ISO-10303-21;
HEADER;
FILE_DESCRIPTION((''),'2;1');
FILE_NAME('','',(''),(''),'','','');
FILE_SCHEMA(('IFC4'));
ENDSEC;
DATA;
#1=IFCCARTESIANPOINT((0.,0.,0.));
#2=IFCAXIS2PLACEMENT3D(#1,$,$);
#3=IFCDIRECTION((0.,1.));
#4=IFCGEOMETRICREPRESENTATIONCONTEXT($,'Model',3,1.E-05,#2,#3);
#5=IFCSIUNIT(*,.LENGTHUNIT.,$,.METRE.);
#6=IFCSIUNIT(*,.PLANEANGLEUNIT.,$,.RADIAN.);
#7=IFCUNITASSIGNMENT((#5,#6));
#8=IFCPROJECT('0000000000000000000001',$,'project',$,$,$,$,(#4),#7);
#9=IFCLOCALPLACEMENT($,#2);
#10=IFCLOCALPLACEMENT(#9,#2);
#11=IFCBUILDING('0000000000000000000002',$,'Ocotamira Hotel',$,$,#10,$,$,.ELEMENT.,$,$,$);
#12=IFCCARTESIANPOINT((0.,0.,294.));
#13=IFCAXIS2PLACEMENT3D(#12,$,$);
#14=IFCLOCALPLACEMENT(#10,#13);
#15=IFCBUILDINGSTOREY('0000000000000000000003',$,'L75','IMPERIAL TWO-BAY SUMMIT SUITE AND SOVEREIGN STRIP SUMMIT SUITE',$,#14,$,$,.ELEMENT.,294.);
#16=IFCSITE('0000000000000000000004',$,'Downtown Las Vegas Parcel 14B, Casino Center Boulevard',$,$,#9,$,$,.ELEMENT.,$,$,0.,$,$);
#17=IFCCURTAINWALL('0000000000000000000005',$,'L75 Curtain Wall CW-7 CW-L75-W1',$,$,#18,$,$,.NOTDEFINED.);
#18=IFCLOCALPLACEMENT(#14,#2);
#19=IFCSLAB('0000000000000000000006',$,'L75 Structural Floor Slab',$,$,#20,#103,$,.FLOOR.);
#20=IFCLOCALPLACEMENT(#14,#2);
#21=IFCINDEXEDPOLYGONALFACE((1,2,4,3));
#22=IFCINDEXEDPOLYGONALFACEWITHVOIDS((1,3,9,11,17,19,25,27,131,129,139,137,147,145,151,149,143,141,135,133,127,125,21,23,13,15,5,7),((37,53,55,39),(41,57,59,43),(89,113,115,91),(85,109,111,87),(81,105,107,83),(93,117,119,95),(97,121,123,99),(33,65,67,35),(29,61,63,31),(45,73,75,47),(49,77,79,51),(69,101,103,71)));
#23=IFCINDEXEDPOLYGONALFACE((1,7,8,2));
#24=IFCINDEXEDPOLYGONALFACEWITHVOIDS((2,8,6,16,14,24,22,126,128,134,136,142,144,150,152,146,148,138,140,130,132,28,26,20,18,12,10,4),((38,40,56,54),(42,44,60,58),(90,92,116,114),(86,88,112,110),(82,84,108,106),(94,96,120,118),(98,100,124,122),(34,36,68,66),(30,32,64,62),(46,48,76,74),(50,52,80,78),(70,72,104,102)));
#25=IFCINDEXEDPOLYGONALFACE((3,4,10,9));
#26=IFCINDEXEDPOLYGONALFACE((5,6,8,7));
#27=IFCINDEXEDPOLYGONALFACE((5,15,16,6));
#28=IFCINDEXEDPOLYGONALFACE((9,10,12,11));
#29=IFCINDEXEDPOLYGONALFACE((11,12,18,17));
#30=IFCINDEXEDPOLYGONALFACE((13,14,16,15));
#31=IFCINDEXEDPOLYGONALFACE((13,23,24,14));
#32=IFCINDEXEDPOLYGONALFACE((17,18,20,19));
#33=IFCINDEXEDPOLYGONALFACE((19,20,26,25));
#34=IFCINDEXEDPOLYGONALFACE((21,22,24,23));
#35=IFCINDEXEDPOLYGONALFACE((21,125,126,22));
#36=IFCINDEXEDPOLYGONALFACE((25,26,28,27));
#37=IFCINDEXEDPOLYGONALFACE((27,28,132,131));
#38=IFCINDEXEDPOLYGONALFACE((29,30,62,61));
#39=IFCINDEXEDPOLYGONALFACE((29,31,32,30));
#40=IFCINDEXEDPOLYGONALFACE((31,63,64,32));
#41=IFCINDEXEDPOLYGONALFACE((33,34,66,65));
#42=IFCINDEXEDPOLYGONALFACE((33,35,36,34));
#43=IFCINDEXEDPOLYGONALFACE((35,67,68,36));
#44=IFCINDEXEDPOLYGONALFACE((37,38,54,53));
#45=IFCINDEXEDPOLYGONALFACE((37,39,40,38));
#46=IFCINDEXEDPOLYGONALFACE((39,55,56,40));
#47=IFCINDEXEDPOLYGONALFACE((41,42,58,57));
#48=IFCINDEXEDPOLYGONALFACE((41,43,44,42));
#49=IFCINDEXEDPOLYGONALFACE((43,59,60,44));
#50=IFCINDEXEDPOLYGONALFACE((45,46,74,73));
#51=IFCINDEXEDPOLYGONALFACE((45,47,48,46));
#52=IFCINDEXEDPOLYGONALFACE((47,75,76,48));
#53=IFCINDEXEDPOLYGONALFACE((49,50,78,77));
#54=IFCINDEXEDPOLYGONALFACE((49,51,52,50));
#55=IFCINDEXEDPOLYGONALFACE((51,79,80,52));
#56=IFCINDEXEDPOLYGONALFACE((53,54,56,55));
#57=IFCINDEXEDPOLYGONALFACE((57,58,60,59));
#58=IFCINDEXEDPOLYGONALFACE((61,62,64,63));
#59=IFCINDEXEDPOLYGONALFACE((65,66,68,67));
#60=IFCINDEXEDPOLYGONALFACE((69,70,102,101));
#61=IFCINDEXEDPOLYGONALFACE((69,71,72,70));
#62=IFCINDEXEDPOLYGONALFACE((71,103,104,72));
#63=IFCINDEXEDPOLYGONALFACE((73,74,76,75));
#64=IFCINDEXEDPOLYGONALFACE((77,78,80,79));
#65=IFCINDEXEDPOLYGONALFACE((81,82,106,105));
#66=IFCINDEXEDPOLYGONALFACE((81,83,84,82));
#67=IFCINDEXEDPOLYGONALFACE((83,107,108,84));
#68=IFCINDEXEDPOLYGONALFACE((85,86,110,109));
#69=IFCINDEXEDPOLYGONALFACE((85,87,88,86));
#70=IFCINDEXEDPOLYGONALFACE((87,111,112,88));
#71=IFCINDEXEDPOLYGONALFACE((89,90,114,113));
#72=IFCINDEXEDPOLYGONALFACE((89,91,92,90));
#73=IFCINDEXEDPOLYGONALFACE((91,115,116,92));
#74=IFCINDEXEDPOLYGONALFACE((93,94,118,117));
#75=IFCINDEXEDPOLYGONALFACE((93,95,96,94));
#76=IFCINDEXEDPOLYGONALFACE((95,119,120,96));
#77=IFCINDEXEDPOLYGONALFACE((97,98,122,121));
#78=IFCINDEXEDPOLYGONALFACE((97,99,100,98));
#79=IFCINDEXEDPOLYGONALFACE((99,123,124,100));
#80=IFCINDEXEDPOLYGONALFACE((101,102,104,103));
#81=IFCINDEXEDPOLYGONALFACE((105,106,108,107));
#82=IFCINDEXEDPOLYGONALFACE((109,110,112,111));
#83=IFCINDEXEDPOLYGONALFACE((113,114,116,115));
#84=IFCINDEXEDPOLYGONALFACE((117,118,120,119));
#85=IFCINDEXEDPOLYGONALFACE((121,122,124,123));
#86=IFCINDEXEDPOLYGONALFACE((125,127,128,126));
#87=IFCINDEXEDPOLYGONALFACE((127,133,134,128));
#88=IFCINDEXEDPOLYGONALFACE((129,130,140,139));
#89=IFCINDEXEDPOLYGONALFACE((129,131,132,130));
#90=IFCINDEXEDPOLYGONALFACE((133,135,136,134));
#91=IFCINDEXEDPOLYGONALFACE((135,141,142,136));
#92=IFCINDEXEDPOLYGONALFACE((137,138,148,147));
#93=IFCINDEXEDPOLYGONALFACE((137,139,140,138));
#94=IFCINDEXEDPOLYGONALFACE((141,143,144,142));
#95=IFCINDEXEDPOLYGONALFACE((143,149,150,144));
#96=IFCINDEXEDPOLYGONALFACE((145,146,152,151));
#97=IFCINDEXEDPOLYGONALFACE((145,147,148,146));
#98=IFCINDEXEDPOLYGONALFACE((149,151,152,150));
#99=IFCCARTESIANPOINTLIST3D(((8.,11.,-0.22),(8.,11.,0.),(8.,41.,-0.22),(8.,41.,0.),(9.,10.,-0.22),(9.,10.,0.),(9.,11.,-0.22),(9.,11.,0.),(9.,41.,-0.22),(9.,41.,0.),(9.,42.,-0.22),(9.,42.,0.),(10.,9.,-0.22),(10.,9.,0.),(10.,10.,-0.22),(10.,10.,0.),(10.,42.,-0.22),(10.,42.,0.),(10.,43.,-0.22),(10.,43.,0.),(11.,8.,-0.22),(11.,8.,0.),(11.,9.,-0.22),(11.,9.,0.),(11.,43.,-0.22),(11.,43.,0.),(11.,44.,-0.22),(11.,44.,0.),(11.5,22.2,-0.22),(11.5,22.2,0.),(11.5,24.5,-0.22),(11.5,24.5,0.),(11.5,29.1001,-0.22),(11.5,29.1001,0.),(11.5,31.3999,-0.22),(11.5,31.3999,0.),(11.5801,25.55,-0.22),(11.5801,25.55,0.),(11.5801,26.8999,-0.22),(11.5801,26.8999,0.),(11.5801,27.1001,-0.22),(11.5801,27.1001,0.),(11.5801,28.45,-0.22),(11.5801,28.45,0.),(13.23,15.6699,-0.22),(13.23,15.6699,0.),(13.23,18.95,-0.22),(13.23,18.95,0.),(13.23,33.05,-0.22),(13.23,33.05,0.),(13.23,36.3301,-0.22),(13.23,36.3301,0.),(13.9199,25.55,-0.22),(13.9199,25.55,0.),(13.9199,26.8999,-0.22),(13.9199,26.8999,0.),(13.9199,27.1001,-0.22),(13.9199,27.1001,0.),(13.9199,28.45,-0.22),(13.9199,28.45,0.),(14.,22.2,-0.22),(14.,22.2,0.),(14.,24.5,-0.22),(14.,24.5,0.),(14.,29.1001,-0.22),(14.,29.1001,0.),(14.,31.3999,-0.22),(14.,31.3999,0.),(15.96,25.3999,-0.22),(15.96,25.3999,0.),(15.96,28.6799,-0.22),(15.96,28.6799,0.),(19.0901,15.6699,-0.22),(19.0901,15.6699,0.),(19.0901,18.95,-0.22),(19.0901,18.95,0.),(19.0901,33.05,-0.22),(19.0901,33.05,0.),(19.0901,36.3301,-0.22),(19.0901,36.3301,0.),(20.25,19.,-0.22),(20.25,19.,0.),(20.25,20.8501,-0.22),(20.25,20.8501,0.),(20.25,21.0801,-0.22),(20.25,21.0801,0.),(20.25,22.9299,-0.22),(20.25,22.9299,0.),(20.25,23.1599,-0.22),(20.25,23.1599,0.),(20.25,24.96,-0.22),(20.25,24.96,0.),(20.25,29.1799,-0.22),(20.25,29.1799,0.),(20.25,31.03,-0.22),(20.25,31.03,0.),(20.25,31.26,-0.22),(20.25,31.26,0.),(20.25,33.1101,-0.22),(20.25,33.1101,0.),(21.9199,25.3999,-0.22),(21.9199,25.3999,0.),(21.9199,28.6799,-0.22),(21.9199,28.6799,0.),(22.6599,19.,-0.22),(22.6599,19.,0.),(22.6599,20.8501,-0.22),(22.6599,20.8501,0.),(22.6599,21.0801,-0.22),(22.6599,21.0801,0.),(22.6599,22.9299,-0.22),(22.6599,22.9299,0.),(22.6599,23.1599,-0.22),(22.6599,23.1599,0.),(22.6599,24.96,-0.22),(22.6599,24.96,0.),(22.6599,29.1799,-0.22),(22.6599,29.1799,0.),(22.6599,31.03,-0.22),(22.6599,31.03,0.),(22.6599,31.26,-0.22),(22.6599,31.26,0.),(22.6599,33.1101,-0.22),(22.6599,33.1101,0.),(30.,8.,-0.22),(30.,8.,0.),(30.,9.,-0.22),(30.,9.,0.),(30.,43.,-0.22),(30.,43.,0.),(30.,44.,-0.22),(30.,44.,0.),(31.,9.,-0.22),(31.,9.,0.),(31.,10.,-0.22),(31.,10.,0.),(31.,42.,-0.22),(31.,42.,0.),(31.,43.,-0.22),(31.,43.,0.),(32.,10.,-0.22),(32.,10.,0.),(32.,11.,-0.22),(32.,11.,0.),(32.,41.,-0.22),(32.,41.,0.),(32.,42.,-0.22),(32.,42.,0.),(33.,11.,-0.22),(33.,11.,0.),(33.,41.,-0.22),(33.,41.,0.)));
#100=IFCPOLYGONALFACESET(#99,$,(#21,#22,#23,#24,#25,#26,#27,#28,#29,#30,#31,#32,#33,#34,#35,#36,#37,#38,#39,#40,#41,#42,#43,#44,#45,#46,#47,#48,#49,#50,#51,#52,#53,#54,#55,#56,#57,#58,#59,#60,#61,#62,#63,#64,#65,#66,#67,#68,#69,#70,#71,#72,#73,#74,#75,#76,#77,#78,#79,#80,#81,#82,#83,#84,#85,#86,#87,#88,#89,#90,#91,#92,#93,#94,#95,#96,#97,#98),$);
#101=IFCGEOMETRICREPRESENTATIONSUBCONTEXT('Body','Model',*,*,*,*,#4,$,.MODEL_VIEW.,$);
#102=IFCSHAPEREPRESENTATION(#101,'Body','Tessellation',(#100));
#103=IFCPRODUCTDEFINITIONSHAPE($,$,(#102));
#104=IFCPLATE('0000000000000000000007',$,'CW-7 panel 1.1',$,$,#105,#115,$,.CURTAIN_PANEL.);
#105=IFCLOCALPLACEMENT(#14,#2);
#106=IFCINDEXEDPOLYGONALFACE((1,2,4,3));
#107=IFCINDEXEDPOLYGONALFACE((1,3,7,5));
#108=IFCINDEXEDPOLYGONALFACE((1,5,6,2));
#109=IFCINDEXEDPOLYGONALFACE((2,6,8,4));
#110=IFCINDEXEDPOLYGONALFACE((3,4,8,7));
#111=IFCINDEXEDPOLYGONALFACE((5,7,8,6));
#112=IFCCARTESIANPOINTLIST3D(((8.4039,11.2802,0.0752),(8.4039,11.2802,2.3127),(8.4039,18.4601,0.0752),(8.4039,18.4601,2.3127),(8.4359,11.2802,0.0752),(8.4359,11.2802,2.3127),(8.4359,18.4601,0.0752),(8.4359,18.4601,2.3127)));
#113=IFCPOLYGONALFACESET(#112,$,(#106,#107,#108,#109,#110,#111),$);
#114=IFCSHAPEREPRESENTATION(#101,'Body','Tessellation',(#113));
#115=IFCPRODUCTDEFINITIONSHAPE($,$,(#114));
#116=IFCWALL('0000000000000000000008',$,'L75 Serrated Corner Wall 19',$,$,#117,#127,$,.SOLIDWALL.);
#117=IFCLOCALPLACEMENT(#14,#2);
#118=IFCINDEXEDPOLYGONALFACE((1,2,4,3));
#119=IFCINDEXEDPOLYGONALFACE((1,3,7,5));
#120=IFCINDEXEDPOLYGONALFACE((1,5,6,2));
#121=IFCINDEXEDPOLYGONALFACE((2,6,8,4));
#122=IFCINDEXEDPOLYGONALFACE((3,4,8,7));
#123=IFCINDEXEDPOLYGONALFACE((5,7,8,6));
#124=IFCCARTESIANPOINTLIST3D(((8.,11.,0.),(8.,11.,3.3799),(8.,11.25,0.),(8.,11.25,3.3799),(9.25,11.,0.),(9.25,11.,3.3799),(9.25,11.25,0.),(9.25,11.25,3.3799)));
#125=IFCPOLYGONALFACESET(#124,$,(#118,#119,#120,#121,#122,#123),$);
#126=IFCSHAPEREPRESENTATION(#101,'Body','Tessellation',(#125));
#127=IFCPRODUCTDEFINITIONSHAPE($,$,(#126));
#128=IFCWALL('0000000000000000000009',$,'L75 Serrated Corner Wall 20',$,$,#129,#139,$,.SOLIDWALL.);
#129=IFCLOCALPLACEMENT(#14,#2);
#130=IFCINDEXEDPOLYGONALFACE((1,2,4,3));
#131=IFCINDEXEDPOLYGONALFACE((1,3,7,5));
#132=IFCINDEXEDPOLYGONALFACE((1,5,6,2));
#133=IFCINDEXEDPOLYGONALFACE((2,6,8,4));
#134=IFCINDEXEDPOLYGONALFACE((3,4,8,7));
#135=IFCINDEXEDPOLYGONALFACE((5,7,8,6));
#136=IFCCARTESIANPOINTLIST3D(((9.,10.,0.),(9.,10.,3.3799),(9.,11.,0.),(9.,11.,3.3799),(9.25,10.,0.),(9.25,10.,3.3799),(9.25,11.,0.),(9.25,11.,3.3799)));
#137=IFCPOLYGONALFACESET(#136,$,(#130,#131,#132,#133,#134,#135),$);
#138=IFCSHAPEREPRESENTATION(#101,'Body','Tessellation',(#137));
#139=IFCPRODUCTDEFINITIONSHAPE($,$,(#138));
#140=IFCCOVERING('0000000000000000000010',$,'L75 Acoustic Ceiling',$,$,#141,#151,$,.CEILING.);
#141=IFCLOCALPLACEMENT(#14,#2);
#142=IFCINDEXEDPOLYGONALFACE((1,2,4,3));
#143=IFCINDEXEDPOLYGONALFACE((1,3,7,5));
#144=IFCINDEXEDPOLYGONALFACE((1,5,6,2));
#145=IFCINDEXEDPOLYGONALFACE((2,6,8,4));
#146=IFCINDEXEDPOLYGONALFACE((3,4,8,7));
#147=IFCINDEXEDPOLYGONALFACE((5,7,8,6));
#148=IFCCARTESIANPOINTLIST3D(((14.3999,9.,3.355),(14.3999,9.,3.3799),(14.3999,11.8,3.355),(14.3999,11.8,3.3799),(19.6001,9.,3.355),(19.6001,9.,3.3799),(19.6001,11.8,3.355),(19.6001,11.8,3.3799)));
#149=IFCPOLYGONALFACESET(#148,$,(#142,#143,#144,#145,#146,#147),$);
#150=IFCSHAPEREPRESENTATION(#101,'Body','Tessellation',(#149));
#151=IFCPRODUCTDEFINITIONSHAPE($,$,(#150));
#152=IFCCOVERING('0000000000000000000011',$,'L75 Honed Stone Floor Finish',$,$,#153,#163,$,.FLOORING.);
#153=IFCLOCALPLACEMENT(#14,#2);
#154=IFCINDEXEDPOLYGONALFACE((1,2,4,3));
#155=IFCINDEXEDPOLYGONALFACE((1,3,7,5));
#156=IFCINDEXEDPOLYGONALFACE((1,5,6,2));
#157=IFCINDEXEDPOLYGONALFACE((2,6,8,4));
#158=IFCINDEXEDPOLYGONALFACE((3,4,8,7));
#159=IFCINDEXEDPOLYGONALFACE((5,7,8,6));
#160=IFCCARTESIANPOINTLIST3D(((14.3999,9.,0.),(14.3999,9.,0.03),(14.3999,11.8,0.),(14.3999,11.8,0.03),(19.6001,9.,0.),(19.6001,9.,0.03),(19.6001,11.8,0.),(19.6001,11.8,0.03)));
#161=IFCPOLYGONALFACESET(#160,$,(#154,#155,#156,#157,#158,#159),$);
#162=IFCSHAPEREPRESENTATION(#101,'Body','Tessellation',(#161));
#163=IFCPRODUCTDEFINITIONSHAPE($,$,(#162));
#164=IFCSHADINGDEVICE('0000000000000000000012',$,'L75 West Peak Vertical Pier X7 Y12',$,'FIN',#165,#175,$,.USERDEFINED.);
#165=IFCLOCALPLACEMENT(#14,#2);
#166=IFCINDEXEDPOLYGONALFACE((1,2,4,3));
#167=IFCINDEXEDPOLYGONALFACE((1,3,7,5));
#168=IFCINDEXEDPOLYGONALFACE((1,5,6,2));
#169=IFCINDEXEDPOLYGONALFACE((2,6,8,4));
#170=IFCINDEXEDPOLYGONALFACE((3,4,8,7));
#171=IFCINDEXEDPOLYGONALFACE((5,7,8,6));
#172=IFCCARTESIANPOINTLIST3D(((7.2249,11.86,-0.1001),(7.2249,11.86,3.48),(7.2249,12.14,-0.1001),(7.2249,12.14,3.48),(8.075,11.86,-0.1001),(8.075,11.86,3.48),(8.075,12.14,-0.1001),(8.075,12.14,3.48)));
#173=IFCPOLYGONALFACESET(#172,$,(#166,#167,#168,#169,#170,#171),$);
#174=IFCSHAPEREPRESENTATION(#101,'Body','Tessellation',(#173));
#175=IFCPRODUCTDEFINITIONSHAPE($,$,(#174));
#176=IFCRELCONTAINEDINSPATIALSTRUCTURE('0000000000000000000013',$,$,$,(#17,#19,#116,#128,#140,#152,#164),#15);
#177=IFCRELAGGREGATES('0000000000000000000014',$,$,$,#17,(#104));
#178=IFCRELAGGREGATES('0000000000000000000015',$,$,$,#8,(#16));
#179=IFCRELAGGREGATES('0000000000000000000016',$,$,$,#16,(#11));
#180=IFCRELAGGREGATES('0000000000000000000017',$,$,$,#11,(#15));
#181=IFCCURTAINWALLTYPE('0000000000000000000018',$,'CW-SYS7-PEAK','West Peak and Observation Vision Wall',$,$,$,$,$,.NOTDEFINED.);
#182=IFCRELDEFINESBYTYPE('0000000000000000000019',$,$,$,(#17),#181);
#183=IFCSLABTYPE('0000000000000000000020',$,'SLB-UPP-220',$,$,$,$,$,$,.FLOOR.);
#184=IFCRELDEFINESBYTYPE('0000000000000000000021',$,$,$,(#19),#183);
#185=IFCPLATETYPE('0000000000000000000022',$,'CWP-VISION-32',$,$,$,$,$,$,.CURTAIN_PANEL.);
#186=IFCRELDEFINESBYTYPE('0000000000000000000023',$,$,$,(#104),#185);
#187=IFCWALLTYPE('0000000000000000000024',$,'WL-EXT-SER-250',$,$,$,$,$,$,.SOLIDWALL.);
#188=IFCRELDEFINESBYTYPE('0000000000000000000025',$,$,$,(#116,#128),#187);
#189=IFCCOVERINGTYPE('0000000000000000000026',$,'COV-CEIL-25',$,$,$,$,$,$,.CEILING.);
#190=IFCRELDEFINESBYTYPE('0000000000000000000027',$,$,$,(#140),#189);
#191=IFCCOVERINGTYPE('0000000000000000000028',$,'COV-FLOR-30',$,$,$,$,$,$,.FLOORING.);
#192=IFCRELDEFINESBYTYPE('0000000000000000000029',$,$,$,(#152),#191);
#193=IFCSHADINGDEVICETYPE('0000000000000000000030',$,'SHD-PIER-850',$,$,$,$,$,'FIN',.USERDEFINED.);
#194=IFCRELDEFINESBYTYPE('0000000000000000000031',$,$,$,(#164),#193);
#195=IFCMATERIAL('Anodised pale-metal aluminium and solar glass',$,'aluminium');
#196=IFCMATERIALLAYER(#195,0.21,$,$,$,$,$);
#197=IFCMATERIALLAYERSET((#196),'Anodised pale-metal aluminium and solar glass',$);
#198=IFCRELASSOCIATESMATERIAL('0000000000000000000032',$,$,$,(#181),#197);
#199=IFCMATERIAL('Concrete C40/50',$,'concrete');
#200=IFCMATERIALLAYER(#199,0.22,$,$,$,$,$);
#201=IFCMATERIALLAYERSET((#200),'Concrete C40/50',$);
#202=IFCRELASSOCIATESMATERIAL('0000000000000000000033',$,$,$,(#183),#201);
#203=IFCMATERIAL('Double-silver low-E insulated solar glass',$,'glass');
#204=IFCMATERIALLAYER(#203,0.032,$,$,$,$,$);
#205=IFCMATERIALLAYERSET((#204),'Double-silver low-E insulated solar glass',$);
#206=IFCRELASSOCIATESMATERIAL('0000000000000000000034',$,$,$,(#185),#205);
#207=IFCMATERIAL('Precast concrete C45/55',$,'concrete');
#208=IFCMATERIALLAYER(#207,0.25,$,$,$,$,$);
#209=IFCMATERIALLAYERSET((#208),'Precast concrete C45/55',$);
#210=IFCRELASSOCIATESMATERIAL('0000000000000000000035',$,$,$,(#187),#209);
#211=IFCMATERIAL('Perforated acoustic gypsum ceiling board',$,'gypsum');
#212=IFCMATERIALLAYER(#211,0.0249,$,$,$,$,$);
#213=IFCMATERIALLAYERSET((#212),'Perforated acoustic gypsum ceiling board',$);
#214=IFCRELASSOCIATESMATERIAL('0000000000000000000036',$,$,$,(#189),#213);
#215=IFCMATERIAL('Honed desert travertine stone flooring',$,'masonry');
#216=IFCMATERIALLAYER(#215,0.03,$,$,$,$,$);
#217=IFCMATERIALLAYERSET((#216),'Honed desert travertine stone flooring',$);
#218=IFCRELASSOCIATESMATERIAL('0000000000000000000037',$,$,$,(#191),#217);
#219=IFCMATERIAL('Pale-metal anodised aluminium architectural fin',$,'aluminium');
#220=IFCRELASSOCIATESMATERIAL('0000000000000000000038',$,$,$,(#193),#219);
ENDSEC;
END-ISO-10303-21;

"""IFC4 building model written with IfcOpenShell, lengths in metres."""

from ifc_helpers import new_model, si_unit, direction, frame, frame_2d, origin, origin_2d, place, context, subcontext, project, spatial, polyline, rectangle, outline, extrude, source, transform, mapped, material, layer, layer_set, type_object, element, aggregate, save


model = new_model("IFC4")

# Units and contexts
model_context = context("Model", 3, precision=1e-05, world=origin(), true_north=direction((0.0, 1.0)))
body_context = subcontext(model_context, "Body", "Model", "MODEL_VIEW")
ifc_project = project(units=[si_unit("LENGTHUNIT", "METRE"), si_unit("PLANEANGLEUNIT", "RADIAN")], contexts=[model_context])

# Site, building, storey
site_placement = place(None, origin())
site = spatial("IfcSite", under=ifc_project, at=site_placement, Name="Downtown Las Vegas Parcel 14B, Casino Center Boulevard", CompositionType="ELEMENT", RefElevation=0.0)
building_placement = place(site_placement, origin())
building = spatial("IfcBuilding", under=site, at=building_placement, Name="Ocotamira Hotel", CompositionType="ELEMENT")
storey_placement = place(building_placement, frame((0.0, 0.0, 294.0)))
storey = spatial("IfcBuildingStorey", under=building, at=storey_placement, Name="L75", Description="IMPERIAL TWO-BAY SUMMIT SUITE AND SOVEREIGN STRIP SUMMIT SUITE", CompositionType="ELEMENT", Elevation=294.0)

# Curtain wall
ifc_material_1 = material(Name="Anodised pale-metal aluminium and solar glass", Category="aluminium")
ifc_layer_1 = layer(ifc_material_1, 0.21)
ifc_layer_set_1 = layer_set([ifc_layer_1], Name="Anodised pale-metal aluminium and solar glass")
curtain_wall_type = type_object("IfcCurtainWallType", Name="CW-SYS7-PEAK", Description="West Peak and Observation Vision Wall", PredefinedType="NOTDEFINED", material=ifc_layer_set_1)
curtain_wall_placement = place(storey_placement, origin())
curtain_wall = element("IfcCurtainWall", 1, at=curtain_wall_placement, inside=storey, type_object=curtain_wall_type, Name="L75 Curtain Wall CW-7 CW-L75-W1", PredefinedType="NOTDEFINED")

# Shared definitions
ifc_material_2 = material(Name="Concrete C40/50", Category="concrete")

# Slab
ifc_layer_2 = layer(ifc_material_2, 0.22)
ifc_layer_set_2 = layer_set([ifc_layer_2], Name="Concrete C40/50")
slab_type_1 = type_object("IfcSlabType", Name="SLB-UPP-220", PredefinedType="FLOOR", material=ifc_layer_set_2)
slab_1_placement = place(storey_placement, frame((0.0, 0.0, -0.22)))
element("IfcSlab", 2, at=slab_1_placement, inside=storey, type_object=slab_type_1, Name="L75 Structural Floor Slab", PredefinedType="FLOOR", context=body_context, shape_type="SweptSolid", body=[
    extrude(outline(polyline([(11.0, 8.0), (30.0, 8.0), (30.0, 9.0), (31.0, 9.0), (31.0, 10.0), (32.0, 10.0), (32.0, 11.0), (33.0, 11.0), (33.0, 41.0), (32.0, 41.0), (32.0, 42.0), (31.0, 42.0), (31.0, 43.0), (30.0, 43.0), (30.0, 44.0), (11.0, 44.0), (11.0, 43.0), (10.0, 43.0), (10.0, 42.0), (9.0, 42.0), (9.0, 41.0), (8.0, 41.0), (8.0, 11.0), (9.0, 11.0), (9.0, 10.0), (10.0, 10.0), (10.0, 9.0), (11.0, 9.0), (11.0, 8.0)]), holes=[polyline([(13.23, 15.6699), (19.0901, 15.6699), (19.0901, 18.95), (13.23, 18.95), (13.23, 15.6699)]), polyline([(13.23, 33.05), (19.0901, 33.05), (19.0901, 36.3301), (13.23, 36.3301), (13.23, 33.05)]), polyline([(15.96, 25.3999), (21.9199, 25.3999), (21.9199, 28.6799), (15.96, 28.6799), (15.96, 25.3999)]), polyline([(20.25, 19.0), (22.6599, 19.0), (22.6599, 20.8501), (20.25, 20.8501), (20.25, 19.0)]), polyline([(20.25, 21.0801), (22.6599, 21.0801), (22.6599, 22.9299), (20.25, 22.9299), (20.25, 21.0801)]), polyline([(20.25, 23.1599), (22.6599, 23.1599), (22.6599, 24.96), (20.25, 24.96), (20.25, 23.1599)]), polyline([(20.25, 29.1799), (22.6599, 29.1799), (22.6599, 31.03), (20.25, 31.03), (20.25, 29.1799)]), polyline([(20.25, 31.26), (22.6599, 31.26), (22.6599, 33.1101), (20.25, 33.1101), (20.25, 31.26)]), polyline([(11.5, 22.2), (14.0, 22.2), (14.0, 24.5), (11.5, 24.5), (11.5, 22.2)]), polyline([(11.5, 29.1001), (14.0, 29.1001), (14.0, 31.3999), (11.5, 31.3999), (11.5, 29.1001)]), polyline([(11.5801, 25.55), (13.9199, 25.55), (13.9199, 26.8999), (11.5801, 26.8999), (11.5801, 25.55)]), polyline([(11.5801, 27.1001), (13.9199, 27.1001), (13.9199, 28.45), (11.5801, 28.45), (11.5801, 27.1001)])]), origin(), (0.0, 0.0, 1.0), 0.22),
])

# Plate
ifc_material_3 = material(Name="Double-silver low-E insulated solar glass", Category="glass")
ifc_layer_3 = layer(ifc_material_3, 0.032)
ifc_layer_set_3 = layer_set([ifc_layer_3], Name="Double-silver low-E insulated solar glass")
plate_type = type_object("IfcPlateType", Name="CWP-VISION-32", PredefinedType="CURTAIN_PANEL", material=ifc_layer_set_3)
shared_shape_1 = source(origin(), body_context, "Body", "SweptSolid", [
    extrude(rectangle(XDim=7.1799, YDim=0.032, at=origin_2d()), origin(), (0.0, 0.0, 1.0), 2.2375),
])
plate_placement = place(storey_placement, frame((8.4199, 14.8701, 0.0752), z_axis=(0.0, 0.0, 1.0), x_axis=(0.0, 1.0, 0.0)))
plate = element("IfcPlate", 3, at=plate_placement, type_object=plate_type, Name="CW-7 panel 1.1", PredefinedType="CURTAIN_PANEL", context=body_context, shape_type="MappedRepresentation", body=[
    mapped(shared_shape_1, transform((0.0, 0.0, 0.0), scale=1.0)),
])
aggregate(curtain_wall, [plate])

# Walls
ifc_material_4 = material(Name="Precast concrete C45/55", Category="concrete")
ifc_layer_4 = layer(ifc_material_4, 0.25)
ifc_layer_set_4 = layer_set([ifc_layer_4], Name="Precast concrete C45/55")
wall_type_1 = type_object("IfcWallType", Name="WL-EXT-SER-250", PredefinedType="SOLIDWALL", material=ifc_layer_set_4)
wall_1_placement = place(storey_placement, frame((8.0, 11.125, 0.0), z_axis=(0.0, 0.0, 1.0), x_axis=(1.0, 0.0, 0.0)))
element("IfcWall", 4, at=wall_1_placement, inside=storey, type_object=wall_type_1, Name="L75 Serrated Corner Wall 19", PredefinedType="SOLIDWALL", context=body_context, shape_type="SweptSolid", body=[
    extrude(rectangle(XDim=1.25, YDim=0.25, at=frame_2d((0.625, 0.0))), origin(), (0.0, 0.0, 1.0), 3.3799),
])
wall_2_placement = place(storey_placement, frame((9.125, 11.0, 0.0), z_axis=(0.0, 0.0, 1.0), x_axis=(0.0, -1.0, 0.0)))
element("IfcWall", 5, at=wall_2_placement, inside=storey, type_object=wall_type_1, Name="L75 Serrated Corner Wall 20", PredefinedType="SOLIDWALL", context=body_context, shape_type="SweptSolid", body=[
    extrude(rectangle(XDim=1.0, YDim=0.25, at=frame_2d((0.5, 0.0))), origin(), (0.0, 0.0, 1.0), 3.3799),
])

# Coverings
ifc_material_5 = material(Name="Perforated acoustic gypsum ceiling board", Category="gypsum")
ifc_layer_5 = layer(ifc_material_5, 0.0249)
ifc_layer_set_5 = layer_set([ifc_layer_5], Name="Perforated acoustic gypsum ceiling board")
covering_type_1 = type_object("IfcCoveringType", Name="COV-CEIL-25", PredefinedType="CEILING", material=ifc_layer_set_5)
covering_1_placement = place(storey_placement, frame((0.0, 0.0, 3.355)))
element("IfcCovering", 6, at=covering_1_placement, inside=storey, type_object=covering_type_1, Name="L75 Acoustic Ceiling", PredefinedType="CEILING", context=body_context, shape_type="SweptSolid", body=[
    extrude(outline(polyline([(14.3999, 9.0), (19.6001, 9.0), (19.6001, 11.8), (14.3999, 11.8), (14.3999, 9.0)])), origin(), (0.0, 0.0, 1.0), 0.0249),
])
ifc_material_6 = material(Name="Honed desert travertine stone flooring", Category="masonry")
ifc_layer_6 = layer(ifc_material_6, 0.03)
ifc_layer_set_6 = layer_set([ifc_layer_6], Name="Honed desert travertine stone flooring")
covering_type_2 = type_object("IfcCoveringType", Name="COV-FLOR-30", PredefinedType="FLOORING", material=ifc_layer_set_6)
covering_2_placement = place(storey_placement, origin())
element("IfcCovering", 7, at=covering_2_placement, inside=storey, type_object=covering_type_2, Name="L75 Honed Stone Floor Finish", PredefinedType="FLOORING", context=body_context, shape_type="SweptSolid", body=[
    extrude(outline(polyline([(14.3999, 9.0), (19.6001, 9.0), (19.6001, 11.8), (14.3999, 11.8), (14.3999, 9.0)])), origin(), (0.0, 0.0, 1.0), 0.03),
])

# Shading device
ifc_material_7 = material(Name="Pale-metal anodised aluminium architectural fin", Category="aluminium")
shading_device_type = type_object("IfcShadingDeviceType", Name="SHD-PIER-850", ElementType="FIN", PredefinedType="USERDEFINED", material=ifc_material_7)
shared_shape_2 = source(origin(), body_context, "Body", "SweptSolid", [
    extrude(rectangle(XDim=0.8501, YDim=0.28, at=origin_2d()), origin(), (0.0, 0.0, 1.0), 3.5801),
])
for number, where, z_axis, x_axis, name in (
    (8, (7.6499, 12.0, -0.1001), (0.0, 0.0, 1.0), (1.0, 0.0, 0.0), "L75 West Peak Vertical Pier X7 Y12"),
):
    element("IfcShadingDevice", number, at=place(storey_placement, frame(where, z_axis=z_axis, x_axis=x_axis)), inside=storey, type_object=shading_device_type, Name=name, ObjectType="FIN", PredefinedType="USERDEFINED", context=body_context, shape_type="MappedRepresentation", body=[
        mapped(shared_shape_2, transform((0.0, 0.0, 0.0), scale=1.0)),
    ])

save(model, "model.ifc")
